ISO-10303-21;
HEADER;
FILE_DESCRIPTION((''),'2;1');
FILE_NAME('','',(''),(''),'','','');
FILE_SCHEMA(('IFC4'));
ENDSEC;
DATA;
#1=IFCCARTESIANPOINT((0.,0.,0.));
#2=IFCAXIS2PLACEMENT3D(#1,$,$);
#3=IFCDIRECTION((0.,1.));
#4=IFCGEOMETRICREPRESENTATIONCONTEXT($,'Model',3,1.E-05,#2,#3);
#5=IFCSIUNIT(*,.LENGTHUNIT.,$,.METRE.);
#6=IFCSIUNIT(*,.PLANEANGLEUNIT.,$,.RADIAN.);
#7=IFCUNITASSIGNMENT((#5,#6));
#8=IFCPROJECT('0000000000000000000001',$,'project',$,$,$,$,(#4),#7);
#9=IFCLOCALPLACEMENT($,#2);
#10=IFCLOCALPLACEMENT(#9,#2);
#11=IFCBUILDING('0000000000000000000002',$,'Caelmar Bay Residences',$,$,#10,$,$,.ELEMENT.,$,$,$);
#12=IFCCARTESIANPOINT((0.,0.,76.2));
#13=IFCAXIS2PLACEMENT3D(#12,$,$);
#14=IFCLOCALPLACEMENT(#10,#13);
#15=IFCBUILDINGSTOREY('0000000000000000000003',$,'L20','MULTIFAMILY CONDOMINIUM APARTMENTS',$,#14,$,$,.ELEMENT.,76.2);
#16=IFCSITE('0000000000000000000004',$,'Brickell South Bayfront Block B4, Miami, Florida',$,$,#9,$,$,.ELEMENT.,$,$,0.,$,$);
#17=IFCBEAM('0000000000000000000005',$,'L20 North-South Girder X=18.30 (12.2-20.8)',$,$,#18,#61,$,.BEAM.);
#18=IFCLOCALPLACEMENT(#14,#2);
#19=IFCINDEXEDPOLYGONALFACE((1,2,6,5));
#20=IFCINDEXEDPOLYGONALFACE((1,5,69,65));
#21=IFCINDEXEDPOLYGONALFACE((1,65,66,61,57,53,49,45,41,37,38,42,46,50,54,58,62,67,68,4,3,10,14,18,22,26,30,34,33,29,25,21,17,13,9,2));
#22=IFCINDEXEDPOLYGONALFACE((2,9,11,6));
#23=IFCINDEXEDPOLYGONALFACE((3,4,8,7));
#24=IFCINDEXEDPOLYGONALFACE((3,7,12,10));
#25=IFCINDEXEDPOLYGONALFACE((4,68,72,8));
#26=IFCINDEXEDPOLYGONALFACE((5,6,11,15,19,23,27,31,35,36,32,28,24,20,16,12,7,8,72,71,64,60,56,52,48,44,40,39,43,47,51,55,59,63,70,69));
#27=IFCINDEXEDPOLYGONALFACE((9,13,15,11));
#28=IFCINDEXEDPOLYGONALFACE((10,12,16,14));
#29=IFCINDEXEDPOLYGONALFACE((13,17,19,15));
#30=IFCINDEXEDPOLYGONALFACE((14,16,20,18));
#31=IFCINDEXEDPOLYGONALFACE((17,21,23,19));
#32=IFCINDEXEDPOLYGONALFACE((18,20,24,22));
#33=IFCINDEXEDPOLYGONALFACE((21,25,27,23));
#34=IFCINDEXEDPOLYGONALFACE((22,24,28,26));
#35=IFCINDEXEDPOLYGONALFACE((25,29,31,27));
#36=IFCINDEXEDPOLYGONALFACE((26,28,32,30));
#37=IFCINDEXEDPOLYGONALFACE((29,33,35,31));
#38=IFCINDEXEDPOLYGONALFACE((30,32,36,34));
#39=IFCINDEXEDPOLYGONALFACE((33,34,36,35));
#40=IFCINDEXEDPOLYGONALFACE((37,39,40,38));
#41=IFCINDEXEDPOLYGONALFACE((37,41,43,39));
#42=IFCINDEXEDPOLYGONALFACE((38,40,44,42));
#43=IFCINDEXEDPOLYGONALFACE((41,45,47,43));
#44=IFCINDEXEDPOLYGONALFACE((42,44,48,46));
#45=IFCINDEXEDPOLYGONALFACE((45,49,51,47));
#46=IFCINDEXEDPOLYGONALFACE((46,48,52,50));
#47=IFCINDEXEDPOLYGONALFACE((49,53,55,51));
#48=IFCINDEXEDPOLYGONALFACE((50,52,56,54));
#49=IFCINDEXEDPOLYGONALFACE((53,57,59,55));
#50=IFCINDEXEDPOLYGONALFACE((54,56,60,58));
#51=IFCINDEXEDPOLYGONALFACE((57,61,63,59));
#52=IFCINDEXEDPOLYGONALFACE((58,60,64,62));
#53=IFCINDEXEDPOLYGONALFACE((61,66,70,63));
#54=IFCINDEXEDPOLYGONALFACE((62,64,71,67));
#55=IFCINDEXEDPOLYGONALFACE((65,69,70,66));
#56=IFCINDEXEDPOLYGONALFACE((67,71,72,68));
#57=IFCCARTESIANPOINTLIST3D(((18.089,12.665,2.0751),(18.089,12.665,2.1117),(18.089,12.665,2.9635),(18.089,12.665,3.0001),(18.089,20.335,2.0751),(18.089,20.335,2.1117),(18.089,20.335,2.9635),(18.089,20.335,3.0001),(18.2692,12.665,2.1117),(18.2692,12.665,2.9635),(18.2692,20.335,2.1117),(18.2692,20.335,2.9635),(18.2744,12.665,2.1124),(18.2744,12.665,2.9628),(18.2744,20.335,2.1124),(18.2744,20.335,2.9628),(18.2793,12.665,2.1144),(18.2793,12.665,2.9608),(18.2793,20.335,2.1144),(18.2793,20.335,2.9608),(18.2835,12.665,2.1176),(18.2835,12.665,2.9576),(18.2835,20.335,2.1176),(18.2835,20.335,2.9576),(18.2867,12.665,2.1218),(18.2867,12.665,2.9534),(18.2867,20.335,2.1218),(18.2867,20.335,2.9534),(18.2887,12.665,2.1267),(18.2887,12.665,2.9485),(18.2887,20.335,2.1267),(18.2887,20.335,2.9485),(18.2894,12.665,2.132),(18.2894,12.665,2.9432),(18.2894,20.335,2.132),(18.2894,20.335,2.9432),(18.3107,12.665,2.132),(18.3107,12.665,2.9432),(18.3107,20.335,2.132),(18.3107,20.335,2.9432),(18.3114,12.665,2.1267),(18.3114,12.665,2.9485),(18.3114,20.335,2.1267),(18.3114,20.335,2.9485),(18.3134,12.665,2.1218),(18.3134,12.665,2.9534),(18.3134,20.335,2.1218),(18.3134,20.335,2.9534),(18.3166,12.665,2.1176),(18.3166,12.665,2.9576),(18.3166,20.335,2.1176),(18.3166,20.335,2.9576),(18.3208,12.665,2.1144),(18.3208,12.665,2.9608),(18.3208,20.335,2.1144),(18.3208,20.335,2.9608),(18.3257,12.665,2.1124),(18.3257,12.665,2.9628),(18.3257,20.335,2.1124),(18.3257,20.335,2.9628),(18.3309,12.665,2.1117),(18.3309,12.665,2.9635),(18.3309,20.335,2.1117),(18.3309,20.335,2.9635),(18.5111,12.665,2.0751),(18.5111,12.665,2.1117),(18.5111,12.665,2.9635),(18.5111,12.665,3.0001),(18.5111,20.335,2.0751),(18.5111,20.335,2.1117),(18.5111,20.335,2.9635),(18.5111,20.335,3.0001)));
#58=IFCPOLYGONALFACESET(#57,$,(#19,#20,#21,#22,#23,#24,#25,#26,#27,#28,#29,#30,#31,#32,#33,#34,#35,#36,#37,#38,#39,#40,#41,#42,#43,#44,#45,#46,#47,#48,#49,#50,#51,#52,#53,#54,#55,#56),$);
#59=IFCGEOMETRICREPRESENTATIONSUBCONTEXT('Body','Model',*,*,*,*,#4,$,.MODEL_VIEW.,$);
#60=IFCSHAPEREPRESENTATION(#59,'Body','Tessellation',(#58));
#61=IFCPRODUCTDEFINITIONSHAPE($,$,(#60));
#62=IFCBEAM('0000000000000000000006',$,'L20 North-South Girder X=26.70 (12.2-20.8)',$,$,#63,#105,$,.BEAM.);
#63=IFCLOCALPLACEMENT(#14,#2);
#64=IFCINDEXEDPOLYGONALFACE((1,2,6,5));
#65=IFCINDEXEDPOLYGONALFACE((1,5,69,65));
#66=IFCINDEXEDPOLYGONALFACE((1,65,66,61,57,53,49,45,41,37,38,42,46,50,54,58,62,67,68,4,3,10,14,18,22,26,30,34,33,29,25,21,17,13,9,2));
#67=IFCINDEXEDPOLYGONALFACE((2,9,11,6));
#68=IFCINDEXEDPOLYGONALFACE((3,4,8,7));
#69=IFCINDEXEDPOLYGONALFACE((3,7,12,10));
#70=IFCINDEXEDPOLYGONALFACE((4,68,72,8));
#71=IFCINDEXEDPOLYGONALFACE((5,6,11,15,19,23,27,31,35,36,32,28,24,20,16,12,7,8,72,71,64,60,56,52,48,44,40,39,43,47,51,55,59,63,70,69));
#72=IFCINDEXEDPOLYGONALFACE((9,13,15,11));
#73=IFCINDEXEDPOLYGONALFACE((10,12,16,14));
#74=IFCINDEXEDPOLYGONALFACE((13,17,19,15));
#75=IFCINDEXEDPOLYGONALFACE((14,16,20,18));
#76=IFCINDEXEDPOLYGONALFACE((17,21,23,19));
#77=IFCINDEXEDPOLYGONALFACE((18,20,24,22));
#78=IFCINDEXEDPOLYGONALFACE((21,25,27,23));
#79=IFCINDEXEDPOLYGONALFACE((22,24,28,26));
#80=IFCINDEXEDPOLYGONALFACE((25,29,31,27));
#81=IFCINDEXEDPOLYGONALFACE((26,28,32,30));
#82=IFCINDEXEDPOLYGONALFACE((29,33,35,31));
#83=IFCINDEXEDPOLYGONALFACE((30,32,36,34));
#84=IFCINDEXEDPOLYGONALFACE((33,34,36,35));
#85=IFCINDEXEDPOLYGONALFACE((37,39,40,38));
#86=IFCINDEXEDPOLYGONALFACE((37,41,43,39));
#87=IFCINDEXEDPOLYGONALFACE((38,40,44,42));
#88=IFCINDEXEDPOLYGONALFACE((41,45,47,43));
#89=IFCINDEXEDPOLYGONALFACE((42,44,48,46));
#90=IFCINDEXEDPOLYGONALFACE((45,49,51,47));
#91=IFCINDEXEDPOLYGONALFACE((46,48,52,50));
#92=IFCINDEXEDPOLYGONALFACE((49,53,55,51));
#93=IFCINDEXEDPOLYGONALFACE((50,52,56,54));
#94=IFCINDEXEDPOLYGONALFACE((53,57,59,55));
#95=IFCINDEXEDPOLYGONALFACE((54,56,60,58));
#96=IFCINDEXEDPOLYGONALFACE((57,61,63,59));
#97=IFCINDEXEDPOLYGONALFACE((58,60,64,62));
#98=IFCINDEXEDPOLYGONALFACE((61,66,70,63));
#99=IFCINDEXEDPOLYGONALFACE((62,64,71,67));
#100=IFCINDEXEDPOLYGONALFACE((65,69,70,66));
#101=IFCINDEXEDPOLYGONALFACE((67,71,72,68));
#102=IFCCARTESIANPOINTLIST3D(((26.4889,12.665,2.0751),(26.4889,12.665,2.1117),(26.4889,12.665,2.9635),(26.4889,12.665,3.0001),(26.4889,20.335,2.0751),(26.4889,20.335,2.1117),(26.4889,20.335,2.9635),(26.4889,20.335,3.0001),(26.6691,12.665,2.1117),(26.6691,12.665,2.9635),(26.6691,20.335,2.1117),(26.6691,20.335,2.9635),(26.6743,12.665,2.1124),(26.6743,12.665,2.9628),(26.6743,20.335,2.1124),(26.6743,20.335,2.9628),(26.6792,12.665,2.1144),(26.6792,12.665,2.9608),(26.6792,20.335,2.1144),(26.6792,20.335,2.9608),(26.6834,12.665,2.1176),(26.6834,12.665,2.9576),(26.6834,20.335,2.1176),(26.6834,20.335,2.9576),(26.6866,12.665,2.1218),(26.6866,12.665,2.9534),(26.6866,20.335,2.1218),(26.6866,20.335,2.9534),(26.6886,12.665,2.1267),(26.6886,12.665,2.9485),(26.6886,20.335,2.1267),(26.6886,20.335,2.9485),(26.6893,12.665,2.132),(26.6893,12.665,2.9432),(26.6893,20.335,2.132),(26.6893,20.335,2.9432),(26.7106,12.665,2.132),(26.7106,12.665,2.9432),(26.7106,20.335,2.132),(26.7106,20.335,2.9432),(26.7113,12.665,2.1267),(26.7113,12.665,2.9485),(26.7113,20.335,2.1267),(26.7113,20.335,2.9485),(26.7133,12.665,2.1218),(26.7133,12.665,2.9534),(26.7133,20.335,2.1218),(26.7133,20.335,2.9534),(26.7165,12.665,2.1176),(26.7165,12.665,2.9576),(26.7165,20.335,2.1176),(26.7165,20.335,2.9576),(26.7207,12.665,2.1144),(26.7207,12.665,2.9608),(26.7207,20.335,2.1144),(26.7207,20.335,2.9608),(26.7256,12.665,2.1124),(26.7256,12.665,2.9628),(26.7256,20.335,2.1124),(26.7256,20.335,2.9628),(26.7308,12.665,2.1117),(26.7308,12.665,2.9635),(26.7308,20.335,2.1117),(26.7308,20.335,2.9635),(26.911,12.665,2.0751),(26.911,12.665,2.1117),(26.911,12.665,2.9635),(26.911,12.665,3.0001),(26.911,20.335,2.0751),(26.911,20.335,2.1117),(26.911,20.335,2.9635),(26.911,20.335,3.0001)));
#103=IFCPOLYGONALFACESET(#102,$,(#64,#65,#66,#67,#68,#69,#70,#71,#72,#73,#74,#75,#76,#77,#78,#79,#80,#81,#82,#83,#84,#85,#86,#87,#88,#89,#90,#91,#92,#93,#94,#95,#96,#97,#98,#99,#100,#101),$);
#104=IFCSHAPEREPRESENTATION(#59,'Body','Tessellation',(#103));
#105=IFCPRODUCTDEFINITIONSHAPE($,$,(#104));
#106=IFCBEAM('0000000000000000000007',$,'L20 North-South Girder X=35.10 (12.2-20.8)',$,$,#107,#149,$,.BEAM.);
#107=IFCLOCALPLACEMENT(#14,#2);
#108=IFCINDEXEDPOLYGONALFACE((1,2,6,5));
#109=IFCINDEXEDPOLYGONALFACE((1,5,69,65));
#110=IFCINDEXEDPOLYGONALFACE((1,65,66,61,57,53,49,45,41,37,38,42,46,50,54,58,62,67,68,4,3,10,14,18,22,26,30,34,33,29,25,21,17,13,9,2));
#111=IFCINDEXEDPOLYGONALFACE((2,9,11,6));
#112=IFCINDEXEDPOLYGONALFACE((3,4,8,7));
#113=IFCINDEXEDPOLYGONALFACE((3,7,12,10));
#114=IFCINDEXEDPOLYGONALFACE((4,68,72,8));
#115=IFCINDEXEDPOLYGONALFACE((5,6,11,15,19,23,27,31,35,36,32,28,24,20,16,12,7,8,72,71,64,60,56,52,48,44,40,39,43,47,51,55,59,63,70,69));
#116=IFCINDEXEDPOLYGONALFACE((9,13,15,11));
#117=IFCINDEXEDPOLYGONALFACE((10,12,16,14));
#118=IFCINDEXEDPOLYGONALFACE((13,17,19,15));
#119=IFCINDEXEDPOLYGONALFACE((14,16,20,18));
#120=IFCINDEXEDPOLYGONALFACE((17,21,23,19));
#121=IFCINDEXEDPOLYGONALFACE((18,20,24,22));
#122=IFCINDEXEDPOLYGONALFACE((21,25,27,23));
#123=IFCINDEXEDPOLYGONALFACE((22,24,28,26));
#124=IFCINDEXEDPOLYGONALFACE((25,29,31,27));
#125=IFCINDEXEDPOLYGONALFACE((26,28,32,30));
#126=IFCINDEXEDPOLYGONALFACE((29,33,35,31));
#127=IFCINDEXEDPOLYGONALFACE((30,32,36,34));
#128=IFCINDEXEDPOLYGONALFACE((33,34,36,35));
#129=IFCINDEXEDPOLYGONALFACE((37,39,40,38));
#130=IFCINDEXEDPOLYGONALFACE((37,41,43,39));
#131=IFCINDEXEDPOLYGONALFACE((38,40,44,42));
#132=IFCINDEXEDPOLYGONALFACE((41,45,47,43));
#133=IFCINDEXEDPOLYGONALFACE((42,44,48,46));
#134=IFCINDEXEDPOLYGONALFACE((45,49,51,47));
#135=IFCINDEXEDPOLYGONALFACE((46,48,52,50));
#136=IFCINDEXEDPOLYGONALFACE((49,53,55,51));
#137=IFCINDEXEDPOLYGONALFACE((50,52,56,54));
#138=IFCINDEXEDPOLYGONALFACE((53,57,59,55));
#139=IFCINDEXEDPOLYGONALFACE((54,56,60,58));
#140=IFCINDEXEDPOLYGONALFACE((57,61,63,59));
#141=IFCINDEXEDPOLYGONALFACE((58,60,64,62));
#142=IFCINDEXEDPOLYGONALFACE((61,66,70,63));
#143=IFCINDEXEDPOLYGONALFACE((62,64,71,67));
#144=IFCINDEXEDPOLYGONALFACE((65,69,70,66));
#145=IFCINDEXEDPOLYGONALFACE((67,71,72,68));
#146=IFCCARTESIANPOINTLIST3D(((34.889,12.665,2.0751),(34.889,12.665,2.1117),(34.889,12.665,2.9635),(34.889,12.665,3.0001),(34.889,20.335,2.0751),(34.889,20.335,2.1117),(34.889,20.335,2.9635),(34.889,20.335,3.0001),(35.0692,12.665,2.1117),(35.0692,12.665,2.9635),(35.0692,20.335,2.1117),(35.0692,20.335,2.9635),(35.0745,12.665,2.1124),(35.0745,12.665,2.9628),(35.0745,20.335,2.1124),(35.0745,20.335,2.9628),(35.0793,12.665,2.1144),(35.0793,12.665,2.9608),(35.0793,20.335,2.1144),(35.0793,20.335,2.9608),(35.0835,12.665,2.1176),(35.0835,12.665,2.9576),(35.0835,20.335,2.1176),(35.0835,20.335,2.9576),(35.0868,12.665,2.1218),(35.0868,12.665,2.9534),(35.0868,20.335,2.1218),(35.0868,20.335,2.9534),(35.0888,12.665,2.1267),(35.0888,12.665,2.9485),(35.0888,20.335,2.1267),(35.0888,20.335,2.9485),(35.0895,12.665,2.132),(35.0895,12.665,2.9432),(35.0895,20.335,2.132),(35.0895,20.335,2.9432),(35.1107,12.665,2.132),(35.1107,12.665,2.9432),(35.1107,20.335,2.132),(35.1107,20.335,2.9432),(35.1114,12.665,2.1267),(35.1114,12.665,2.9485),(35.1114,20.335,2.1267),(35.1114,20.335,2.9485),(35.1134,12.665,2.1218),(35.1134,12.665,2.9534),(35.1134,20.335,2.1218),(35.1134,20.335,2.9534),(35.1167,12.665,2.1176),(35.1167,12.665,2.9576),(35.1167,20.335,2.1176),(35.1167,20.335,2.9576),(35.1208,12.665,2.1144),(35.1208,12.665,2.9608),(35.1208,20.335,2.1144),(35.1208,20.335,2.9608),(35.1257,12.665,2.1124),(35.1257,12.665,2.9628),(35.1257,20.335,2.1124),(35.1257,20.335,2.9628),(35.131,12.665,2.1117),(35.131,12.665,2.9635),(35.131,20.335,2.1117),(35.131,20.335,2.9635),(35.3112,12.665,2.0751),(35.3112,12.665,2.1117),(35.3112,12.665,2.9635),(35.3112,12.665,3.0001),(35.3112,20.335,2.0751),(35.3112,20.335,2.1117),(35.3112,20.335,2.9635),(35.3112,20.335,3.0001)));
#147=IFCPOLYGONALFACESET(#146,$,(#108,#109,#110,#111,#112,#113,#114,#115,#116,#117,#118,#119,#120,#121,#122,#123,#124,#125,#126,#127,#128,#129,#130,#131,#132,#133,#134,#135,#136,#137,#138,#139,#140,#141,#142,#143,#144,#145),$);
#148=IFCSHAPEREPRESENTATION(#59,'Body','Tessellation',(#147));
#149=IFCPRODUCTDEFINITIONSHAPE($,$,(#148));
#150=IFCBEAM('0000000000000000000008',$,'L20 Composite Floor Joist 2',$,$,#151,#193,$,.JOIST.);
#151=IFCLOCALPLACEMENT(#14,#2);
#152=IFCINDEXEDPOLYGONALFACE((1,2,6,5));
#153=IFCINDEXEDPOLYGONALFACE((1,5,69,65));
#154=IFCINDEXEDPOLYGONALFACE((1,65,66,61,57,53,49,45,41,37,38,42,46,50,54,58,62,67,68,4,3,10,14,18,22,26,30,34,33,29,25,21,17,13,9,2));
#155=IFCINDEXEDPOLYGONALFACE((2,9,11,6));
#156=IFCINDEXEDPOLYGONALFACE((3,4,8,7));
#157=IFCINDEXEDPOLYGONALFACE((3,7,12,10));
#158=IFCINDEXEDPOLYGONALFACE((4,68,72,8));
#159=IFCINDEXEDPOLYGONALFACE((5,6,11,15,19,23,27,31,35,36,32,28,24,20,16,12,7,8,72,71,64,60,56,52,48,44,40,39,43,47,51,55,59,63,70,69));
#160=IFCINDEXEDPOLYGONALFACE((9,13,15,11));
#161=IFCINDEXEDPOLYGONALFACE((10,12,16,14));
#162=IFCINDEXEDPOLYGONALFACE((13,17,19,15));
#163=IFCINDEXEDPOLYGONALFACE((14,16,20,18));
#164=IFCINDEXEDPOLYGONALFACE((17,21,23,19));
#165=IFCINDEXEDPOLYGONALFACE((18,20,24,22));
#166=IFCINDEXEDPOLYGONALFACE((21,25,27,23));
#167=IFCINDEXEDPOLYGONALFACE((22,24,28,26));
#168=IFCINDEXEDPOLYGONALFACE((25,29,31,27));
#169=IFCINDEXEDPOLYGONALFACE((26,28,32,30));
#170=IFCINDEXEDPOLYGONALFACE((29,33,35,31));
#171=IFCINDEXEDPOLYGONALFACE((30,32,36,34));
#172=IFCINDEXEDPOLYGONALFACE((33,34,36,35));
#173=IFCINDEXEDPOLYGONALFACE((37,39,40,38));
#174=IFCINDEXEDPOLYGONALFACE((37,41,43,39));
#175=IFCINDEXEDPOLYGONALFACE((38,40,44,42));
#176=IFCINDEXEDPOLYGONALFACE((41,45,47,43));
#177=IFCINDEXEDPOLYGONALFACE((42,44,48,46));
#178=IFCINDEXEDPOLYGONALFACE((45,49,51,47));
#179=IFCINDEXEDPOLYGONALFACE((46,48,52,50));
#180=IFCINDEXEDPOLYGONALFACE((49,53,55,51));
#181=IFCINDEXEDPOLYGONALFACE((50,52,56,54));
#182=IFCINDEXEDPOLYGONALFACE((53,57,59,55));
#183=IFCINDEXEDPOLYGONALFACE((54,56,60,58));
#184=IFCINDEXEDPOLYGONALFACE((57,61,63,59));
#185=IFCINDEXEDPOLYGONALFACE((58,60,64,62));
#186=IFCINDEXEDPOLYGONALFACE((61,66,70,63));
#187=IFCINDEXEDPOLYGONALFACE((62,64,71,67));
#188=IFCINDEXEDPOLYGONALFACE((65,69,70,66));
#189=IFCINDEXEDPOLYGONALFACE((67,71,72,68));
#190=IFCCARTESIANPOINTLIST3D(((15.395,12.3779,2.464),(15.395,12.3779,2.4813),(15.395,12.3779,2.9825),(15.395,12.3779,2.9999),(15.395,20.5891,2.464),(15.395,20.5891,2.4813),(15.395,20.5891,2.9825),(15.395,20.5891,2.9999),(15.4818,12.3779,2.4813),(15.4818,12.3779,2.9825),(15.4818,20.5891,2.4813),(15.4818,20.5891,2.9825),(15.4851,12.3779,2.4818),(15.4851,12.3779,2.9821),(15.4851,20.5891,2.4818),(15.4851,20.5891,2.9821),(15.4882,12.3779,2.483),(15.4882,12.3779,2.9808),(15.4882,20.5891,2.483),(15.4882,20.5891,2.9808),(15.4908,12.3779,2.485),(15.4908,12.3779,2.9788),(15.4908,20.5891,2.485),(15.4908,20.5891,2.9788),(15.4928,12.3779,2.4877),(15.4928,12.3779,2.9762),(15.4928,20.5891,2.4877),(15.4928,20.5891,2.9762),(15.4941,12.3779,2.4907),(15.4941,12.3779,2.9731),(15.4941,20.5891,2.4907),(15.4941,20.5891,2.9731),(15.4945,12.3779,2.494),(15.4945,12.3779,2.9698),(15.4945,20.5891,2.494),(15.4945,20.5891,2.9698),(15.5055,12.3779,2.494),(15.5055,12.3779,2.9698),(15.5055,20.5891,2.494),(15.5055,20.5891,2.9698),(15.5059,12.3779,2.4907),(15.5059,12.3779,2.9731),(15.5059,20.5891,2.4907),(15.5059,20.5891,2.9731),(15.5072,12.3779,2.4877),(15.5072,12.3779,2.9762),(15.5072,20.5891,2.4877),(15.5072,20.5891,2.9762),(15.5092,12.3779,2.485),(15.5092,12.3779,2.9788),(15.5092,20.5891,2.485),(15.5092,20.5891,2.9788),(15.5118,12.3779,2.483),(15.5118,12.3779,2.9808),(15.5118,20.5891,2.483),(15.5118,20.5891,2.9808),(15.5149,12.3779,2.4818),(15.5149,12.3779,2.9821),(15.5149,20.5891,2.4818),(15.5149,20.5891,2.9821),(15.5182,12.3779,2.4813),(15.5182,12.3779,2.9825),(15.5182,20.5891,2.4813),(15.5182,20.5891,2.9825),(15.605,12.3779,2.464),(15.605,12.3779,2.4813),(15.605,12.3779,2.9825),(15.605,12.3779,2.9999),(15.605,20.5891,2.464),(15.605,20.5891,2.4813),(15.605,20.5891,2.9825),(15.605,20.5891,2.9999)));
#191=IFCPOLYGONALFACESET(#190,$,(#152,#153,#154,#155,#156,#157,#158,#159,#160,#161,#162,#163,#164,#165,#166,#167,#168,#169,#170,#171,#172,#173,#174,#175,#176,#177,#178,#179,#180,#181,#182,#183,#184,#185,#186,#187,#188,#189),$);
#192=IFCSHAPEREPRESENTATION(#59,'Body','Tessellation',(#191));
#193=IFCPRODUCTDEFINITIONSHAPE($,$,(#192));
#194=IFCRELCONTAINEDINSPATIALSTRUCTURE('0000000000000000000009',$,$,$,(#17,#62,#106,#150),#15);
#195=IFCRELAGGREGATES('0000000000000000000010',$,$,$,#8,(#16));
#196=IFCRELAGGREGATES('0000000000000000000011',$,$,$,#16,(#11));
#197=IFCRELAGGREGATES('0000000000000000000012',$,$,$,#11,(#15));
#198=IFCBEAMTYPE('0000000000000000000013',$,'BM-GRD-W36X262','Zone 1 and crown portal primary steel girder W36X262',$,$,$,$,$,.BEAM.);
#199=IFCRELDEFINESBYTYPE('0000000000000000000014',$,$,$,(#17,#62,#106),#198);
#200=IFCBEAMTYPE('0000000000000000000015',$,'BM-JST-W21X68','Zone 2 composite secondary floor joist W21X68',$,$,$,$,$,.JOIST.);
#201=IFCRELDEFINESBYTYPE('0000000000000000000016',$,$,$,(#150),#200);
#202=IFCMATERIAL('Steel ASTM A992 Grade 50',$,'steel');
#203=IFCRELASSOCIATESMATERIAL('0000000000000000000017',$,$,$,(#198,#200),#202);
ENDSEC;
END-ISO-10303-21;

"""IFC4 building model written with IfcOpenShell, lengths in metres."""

from ifc_helpers import new_model, si_unit, direction, frame, origin, origin_2d, place, context, subcontext, project, spatial, i_section, extrude, material, material_profile, profile_set, type_object, element, save


model = new_model("IFC4")

# Units and contexts
model_context = context("Model", 3, precision=1e-05, world=origin(), true_north=direction((0.0, 1.0)))
body_context = subcontext(model_context, "Body", "Model", "MODEL_VIEW")
ifc_project = project(units=[si_unit("LENGTHUNIT", "METRE"), si_unit("PLANEANGLEUNIT", "RADIAN")], contexts=[model_context])

# Site, building, storey
site_placement = place(None, origin())
site = spatial("IfcSite", under=ifc_project, at=site_placement, Name="Brickell South Bayfront Block B4, Miami, Florida", CompositionType="ELEMENT", RefElevation=0.0)
building_placement = place(site_placement, origin())
building = spatial("IfcBuilding", under=site, at=building_placement, Name="Caelmar Bay Residences", CompositionType="ELEMENT")
storey_placement = place(building_placement, frame((0.0, 0.0, 76.2)))
storey = spatial("IfcBuildingStorey", under=building, at=storey_placement, Name="L20", Description="MULTIFAMILY CONDOMINIUM APARTMENTS", CompositionType="ELEMENT", Elevation=76.2)

# Beams
ifc_material_1 = material(Name="Steel ASTM A992 Grade 50", Category="steel")
ifc_material_profile_1 = material_profile(ifc_material_1, i_section(OverallWidth=0.4221, OverallDepth=0.925, WebThickness=0.0212, FlangeThickness=0.0366, FilletRadius=0.0203, at=origin_2d()), Name="W36X262")
ifc_profile_set_1 = profile_set([ifc_material_profile_1], Name="Steel ASTM A992 Grade 50")
beam_type_1 = type_object("IfcBeamType", Name="BM-GRD-W36X262", Description="Zone 1 and crown portal primary steel girder W36X262", PredefinedType="BEAM", material=ifc_profile_set_1)
for number, where, z_axis, x_axis, name in (
    (1, (18.3, 12.665, 2.5376), (0.0, 1.0, 0.0), (-1.0, 0.0, 0.0), "L20 North-South Girder X=18.30 (12.2-20.8)"),
    (2, (26.7, 12.665, 2.5376), (0.0, 1.0, 0.0), (-1.0, 0.0, 0.0), "L20 North-South Girder X=26.70 (12.2-20.8)"),
    (3, (35.1001, 12.665, 2.5376), (0.0, 1.0, 0.0), (-1.0, 0.0, 0.0), "L20 North-South Girder X=35.10 (12.2-20.8)"),
):
    element("IfcBeam", number, at=place(storey_placement, frame(where, z_axis=z_axis, x_axis=x_axis)), inside=storey, type_object=beam_type_1, Name=name, PredefinedType="BEAM", context=body_context, shape_type="SweptSolid", body=[
        extrude(i_section(OverallWidth=0.4221, OverallDepth=0.925, WebThickness=0.0212, FlangeThickness=0.0366, FilletRadius=0.0203, at=origin_2d()), origin(), (0.0, 0.0, 1.0), 7.6699),
    ])
ifc_material_profile_2 = material_profile(ifc_material_1, i_section(OverallWidth=0.21, OverallDepth=0.5359, WebThickness=0.011, FlangeThickness=0.0173, FilletRadius=0.0127, at=origin_2d()), Name="W21X68")
ifc_profile_set_2 = profile_set([ifc_material_profile_2], Name="Steel ASTM A992 Grade 50")
beam_type_2 = type_object("IfcBeamType", Name="BM-JST-W21X68", Description="Zone 2 composite secondary floor joist W21X68", PredefinedType="JOIST", material=ifc_profile_set_2)
for number, where, z_axis, x_axis, name in (
    (4, (15.5, 12.3779, 2.7319), (0.0, 1.0, 0.0), (-1.0, 0.0, 0.0), "L20 Composite Floor Joist 2"),
):
    element("IfcBeam", number, at=place(storey_placement, frame(where, z_axis=z_axis, x_axis=x_axis)), inside=storey, type_object=beam_type_2, Name=name, PredefinedType="JOIST", context=body_context, shape_type="SweptSolid", body=[
        extrude(i_section(OverallWidth=0.21, OverallDepth=0.5359, WebThickness=0.011, FlangeThickness=0.0173, FilletRadius=0.0127, at=origin_2d()), origin(), (0.0, 0.0, 1.0), 8.2112),
    ])

save(model, "model.ifc")
